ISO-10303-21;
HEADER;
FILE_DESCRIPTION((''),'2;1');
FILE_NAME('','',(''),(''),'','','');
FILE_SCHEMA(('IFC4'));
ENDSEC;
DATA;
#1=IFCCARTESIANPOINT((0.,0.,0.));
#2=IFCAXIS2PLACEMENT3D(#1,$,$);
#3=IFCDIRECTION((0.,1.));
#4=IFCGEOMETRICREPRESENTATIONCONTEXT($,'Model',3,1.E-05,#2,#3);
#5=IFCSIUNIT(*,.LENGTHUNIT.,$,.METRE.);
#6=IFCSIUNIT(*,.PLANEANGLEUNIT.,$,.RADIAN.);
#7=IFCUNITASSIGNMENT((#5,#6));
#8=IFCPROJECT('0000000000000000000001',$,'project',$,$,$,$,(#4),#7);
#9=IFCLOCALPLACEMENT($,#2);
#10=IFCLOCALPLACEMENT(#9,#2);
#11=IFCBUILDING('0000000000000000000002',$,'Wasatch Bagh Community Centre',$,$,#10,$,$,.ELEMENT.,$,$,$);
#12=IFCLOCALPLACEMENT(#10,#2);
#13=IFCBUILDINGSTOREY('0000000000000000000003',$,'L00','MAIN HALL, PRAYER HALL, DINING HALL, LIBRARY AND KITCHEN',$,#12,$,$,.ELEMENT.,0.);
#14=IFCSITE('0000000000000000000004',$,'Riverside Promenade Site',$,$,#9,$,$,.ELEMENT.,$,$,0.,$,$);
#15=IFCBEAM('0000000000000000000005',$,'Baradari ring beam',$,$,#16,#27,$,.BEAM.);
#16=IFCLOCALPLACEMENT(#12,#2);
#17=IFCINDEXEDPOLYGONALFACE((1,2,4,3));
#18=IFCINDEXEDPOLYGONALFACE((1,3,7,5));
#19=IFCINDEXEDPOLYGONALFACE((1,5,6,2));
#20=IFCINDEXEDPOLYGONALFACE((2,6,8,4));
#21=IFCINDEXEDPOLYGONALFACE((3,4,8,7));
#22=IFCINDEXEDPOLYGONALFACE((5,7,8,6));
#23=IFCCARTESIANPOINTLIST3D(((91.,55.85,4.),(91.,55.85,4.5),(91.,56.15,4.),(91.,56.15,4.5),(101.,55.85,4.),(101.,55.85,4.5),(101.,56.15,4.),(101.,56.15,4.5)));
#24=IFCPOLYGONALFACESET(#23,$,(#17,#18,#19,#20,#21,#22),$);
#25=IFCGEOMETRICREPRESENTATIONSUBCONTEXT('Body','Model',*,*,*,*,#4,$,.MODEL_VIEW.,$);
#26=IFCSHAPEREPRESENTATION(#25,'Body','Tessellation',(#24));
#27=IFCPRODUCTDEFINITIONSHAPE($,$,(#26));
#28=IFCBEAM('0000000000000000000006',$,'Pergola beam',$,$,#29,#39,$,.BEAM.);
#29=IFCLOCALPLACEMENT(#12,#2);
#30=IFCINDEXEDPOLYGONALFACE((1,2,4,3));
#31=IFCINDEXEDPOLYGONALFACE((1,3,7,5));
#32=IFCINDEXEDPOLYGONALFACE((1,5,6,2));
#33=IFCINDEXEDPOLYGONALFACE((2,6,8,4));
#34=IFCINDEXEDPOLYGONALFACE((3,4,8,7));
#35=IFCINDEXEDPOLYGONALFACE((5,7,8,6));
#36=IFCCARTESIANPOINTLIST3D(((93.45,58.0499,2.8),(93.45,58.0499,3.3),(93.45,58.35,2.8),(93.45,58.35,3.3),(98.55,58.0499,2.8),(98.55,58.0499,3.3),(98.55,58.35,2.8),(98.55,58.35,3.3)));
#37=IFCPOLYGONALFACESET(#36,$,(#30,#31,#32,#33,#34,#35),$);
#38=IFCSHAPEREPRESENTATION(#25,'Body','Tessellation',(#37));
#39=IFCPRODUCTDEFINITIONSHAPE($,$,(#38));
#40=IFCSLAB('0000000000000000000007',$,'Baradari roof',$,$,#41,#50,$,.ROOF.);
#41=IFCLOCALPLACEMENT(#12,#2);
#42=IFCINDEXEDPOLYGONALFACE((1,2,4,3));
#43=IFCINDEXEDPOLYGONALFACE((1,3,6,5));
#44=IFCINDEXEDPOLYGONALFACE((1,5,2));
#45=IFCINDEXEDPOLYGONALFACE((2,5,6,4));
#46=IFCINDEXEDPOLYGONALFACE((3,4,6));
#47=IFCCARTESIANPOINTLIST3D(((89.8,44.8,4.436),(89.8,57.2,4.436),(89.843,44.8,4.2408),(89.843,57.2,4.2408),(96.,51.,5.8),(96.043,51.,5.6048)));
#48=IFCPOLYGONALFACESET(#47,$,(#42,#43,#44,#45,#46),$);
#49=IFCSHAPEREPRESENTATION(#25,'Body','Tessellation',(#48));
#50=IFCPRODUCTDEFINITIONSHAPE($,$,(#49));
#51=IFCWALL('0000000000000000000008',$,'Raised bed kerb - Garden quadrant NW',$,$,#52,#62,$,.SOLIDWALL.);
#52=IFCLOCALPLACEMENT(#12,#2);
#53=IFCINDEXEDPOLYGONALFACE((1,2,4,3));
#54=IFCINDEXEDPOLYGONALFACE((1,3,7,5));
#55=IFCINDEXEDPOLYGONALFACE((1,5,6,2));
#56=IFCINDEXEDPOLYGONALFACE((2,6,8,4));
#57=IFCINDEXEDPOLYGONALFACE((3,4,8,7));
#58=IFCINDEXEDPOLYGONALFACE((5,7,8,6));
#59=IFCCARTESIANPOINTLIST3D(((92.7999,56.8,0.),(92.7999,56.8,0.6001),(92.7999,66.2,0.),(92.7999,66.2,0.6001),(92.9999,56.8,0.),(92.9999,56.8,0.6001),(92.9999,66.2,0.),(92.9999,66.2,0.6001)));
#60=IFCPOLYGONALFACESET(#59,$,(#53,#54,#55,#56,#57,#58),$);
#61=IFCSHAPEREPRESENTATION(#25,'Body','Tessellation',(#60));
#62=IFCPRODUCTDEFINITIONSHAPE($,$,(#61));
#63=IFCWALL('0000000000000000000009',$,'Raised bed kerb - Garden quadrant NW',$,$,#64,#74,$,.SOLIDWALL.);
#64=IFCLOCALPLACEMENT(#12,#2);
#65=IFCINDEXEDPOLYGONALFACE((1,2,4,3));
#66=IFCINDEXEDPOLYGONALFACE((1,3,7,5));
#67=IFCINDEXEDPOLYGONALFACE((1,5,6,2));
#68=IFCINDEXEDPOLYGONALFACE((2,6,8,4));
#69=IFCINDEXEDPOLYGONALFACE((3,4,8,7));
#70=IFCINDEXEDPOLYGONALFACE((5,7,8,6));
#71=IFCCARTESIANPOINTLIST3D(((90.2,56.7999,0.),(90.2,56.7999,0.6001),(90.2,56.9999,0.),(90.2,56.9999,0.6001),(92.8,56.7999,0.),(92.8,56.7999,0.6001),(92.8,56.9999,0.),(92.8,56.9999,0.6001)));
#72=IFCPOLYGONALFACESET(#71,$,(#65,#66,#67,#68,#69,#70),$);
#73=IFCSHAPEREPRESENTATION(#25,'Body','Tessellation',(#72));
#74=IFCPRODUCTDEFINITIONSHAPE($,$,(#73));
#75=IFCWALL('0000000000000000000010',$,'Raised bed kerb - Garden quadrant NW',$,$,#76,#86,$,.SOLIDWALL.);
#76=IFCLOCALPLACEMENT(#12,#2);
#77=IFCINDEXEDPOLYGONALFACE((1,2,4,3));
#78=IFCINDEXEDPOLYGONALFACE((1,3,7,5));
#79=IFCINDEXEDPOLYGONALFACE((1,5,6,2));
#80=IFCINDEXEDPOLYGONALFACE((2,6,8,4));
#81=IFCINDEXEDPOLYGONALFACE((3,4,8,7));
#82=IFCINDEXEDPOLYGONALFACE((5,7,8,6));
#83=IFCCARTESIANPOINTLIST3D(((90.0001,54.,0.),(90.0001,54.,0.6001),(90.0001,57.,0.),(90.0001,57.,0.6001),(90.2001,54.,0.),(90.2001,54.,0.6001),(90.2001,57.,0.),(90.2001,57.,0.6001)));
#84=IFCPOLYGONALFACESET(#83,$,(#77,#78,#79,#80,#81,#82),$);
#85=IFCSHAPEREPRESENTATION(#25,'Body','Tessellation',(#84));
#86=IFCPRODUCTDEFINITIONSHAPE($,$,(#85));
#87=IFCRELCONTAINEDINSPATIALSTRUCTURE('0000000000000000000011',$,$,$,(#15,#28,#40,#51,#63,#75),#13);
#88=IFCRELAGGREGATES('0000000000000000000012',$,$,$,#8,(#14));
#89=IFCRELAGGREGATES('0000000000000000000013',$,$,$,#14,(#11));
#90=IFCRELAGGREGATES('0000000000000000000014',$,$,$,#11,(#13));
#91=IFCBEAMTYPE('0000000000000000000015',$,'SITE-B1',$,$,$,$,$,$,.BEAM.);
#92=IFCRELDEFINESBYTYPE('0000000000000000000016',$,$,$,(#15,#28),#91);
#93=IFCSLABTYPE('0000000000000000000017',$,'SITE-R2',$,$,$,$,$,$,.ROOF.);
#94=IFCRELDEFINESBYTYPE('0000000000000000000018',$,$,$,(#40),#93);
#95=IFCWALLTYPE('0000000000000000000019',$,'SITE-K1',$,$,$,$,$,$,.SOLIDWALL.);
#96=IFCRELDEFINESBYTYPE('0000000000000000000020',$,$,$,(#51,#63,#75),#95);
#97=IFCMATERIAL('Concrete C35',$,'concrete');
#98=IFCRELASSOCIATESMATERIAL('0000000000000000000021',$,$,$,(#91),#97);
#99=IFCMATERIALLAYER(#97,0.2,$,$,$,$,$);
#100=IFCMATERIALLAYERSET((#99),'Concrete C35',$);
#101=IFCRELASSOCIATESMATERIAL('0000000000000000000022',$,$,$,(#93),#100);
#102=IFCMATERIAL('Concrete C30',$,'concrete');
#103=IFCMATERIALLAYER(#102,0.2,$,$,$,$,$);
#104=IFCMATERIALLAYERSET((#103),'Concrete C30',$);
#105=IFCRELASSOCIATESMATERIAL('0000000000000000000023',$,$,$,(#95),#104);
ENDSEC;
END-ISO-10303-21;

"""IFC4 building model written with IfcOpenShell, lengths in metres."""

from ifc_helpers import new_model, si_unit, direction, frame, frame_2d, origin, origin_2d, place, context, subcontext, project, spatial, polyline, rectangle, outline, extrude, material, layer, layer_set, material_profile, profile_set, type_object, element, save


model = new_model("IFC4")

# Units and contexts
model_context = context("Model", 3, precision=1e-05, world=origin(), true_north=direction((0.0, 1.0)))
body_context = subcontext(model_context, "Body", "Model", "MODEL_VIEW")
ifc_project = project(units=[si_unit("LENGTHUNIT", "METRE"), si_unit("PLANEANGLEUNIT", "RADIAN")], contexts=[model_context])

# Site, building, storey
site_placement = place(None, origin())
site = spatial("IfcSite", under=ifc_project, at=site_placement, Name="Riverside Promenade Site", CompositionType="ELEMENT", RefElevation=0.0)
building_placement = place(site_placement, origin())
building = spatial("IfcBuilding", under=site, at=building_placement, Name="Wasatch Bagh Community Centre", CompositionType="ELEMENT")
storey_placement = place(building_placement, origin())
storey = spatial("IfcBuildingStorey", under=building, at=storey_placement, Name="L00", Description="MAIN HALL, PRAYER HALL, DINING HALL, LIBRARY AND KITCHEN", CompositionType="ELEMENT", Elevation=0.0)

# Shared definitions
ifc_material_1 = material(Name="Concrete C35", Category="concrete")

# Shared definitions
ifc_material_2 = material(Name="Concrete C30", Category="concrete")

# Beams
ifc_material_profile_1 = material_profile(ifc_material_1, rectangle(XDim=0.3, YDim=0.5, at=origin_2d()), Name="RC 300x500")
ifc_profile_set_1 = profile_set([ifc_material_profile_1], Name="Concrete C35")
beam_type = type_object("IfcBeamType", Name="SITE-B1", PredefinedType="BEAM", material=ifc_profile_set_1)
beam_1_placement = place(storey_placement, frame((91.0, 56.0, 4.25), z_axis=(1.0, 0.0, 0.0), x_axis=(0.0, 1.0, 0.0)))
element("IfcBeam", 1, at=beam_1_placement, inside=storey, type_object=beam_type, Name="Baradari ring beam", PredefinedType="BEAM", context=body_context, shape_type="SweptSolid", body=[
    extrude(rectangle(XDim=0.3, YDim=0.5, at=origin_2d()), origin(), (0.0, 0.0, 1.0), 10.0),
])
beam_2_placement = place(storey_placement, frame((93.45, 58.2, 3.05), z_axis=(1.0, 0.0, 0.0), x_axis=(0.0, 1.0, 0.0)))
element("IfcBeam", 2, at=beam_2_placement, inside=storey, type_object=beam_type, Name="Pergola beam", PredefinedType="BEAM", context=body_context, shape_type="SweptSolid", body=[
    extrude(rectangle(XDim=0.3, YDim=0.5, at=origin_2d()), origin(), (0.0, 0.0, 1.0), 5.1001),
])

# Slab
ifc_layer_1 = layer(ifc_material_1, 0.2)
ifc_layer_set_1 = layer_set([ifc_layer_1], Name="Concrete C35")
slab_type = type_object("IfcSlabType", Name="SITE-R2", PredefinedType="ROOF", material=ifc_layer_set_1)
slab_placement = place(storey_placement, frame((89.8, 57.2, 4.436), z_axis=(-0.214865, 0.0, 0.976644), x_axis=(0.0, -1.0, 0.0)))
element("IfcSlab", 3, at=slab_placement, inside=storey, type_object=slab_type, Name="Baradari roof", PredefinedType="ROOF", context=body_context, shape_type="SweptSolid", body=[
    extrude(outline(polyline([(0.0, 0.0), (12.3999, 0.0), (6.2, 6.3482), (0.0, 0.0)])), origin(), (0.0, 0.0, -1.0), 0.2),
])

# Walls
ifc_layer_2 = layer(ifc_material_2, 0.2)
ifc_layer_set_2 = layer_set([ifc_layer_2], Name="Concrete C30")
wall_type = type_object("IfcWallType", Name="SITE-K1", PredefinedType="SOLIDWALL", material=ifc_layer_set_2)
wall_1_placement = place(storey_placement, frame((92.8999, 56.8, 0.0), z_axis=(0.0, 0.0, 1.0), x_axis=(0.0, 1.0, 0.0)))
element("IfcWall", 4, at=wall_1_placement, inside=storey, type_object=wall_type, Name="Raised bed kerb - Garden quadrant NW", PredefinedType="SOLIDWALL", context=body_context, shape_type="SweptSolid", body=[
    extrude(rectangle(XDim=9.3999, YDim=0.2, at=frame_2d((4.7, 0.0))), origin(), (0.0, 0.0, 1.0), 0.6001),
])
wall_2_placement = place(storey_placement, frame((90.2, 56.8999, 0.0), z_axis=(0.0, 0.0, 1.0), x_axis=(1.0, 0.0, 0.0)))
element("IfcWall", 5, at=wall_2_placement, inside=storey, type_object=wall_type, Name="Raised bed kerb - Garden quadrant NW", PredefinedType="SOLIDWALL", context=body_context, shape_type="SweptSolid", body=[
    extrude(rectangle(XDim=2.6001, YDim=0.2, at=frame_2d((1.3, 0.0))), origin(), (0.0, 0.0, 1.0), 0.6001),
])
wall_3_placement = place(storey_placement, frame((90.1001, 54.0, 0.0), z_axis=(0.0, 0.0, 1.0), x_axis=(0.0, 1.0, 0.0)))
element("IfcWall", 6, at=wall_3_placement, inside=storey, type_object=wall_type, Name="Raised bed kerb - Garden quadrant NW", PredefinedType="SOLIDWALL", context=body_context, shape_type="SweptSolid", body=[
    extrude(rectangle(XDim=3.0, YDim=0.2, at=frame_2d((1.5, 0.0))), origin(), (0.0, 0.0, 1.0), 0.6001),
])

save(model, "model.ifc")
